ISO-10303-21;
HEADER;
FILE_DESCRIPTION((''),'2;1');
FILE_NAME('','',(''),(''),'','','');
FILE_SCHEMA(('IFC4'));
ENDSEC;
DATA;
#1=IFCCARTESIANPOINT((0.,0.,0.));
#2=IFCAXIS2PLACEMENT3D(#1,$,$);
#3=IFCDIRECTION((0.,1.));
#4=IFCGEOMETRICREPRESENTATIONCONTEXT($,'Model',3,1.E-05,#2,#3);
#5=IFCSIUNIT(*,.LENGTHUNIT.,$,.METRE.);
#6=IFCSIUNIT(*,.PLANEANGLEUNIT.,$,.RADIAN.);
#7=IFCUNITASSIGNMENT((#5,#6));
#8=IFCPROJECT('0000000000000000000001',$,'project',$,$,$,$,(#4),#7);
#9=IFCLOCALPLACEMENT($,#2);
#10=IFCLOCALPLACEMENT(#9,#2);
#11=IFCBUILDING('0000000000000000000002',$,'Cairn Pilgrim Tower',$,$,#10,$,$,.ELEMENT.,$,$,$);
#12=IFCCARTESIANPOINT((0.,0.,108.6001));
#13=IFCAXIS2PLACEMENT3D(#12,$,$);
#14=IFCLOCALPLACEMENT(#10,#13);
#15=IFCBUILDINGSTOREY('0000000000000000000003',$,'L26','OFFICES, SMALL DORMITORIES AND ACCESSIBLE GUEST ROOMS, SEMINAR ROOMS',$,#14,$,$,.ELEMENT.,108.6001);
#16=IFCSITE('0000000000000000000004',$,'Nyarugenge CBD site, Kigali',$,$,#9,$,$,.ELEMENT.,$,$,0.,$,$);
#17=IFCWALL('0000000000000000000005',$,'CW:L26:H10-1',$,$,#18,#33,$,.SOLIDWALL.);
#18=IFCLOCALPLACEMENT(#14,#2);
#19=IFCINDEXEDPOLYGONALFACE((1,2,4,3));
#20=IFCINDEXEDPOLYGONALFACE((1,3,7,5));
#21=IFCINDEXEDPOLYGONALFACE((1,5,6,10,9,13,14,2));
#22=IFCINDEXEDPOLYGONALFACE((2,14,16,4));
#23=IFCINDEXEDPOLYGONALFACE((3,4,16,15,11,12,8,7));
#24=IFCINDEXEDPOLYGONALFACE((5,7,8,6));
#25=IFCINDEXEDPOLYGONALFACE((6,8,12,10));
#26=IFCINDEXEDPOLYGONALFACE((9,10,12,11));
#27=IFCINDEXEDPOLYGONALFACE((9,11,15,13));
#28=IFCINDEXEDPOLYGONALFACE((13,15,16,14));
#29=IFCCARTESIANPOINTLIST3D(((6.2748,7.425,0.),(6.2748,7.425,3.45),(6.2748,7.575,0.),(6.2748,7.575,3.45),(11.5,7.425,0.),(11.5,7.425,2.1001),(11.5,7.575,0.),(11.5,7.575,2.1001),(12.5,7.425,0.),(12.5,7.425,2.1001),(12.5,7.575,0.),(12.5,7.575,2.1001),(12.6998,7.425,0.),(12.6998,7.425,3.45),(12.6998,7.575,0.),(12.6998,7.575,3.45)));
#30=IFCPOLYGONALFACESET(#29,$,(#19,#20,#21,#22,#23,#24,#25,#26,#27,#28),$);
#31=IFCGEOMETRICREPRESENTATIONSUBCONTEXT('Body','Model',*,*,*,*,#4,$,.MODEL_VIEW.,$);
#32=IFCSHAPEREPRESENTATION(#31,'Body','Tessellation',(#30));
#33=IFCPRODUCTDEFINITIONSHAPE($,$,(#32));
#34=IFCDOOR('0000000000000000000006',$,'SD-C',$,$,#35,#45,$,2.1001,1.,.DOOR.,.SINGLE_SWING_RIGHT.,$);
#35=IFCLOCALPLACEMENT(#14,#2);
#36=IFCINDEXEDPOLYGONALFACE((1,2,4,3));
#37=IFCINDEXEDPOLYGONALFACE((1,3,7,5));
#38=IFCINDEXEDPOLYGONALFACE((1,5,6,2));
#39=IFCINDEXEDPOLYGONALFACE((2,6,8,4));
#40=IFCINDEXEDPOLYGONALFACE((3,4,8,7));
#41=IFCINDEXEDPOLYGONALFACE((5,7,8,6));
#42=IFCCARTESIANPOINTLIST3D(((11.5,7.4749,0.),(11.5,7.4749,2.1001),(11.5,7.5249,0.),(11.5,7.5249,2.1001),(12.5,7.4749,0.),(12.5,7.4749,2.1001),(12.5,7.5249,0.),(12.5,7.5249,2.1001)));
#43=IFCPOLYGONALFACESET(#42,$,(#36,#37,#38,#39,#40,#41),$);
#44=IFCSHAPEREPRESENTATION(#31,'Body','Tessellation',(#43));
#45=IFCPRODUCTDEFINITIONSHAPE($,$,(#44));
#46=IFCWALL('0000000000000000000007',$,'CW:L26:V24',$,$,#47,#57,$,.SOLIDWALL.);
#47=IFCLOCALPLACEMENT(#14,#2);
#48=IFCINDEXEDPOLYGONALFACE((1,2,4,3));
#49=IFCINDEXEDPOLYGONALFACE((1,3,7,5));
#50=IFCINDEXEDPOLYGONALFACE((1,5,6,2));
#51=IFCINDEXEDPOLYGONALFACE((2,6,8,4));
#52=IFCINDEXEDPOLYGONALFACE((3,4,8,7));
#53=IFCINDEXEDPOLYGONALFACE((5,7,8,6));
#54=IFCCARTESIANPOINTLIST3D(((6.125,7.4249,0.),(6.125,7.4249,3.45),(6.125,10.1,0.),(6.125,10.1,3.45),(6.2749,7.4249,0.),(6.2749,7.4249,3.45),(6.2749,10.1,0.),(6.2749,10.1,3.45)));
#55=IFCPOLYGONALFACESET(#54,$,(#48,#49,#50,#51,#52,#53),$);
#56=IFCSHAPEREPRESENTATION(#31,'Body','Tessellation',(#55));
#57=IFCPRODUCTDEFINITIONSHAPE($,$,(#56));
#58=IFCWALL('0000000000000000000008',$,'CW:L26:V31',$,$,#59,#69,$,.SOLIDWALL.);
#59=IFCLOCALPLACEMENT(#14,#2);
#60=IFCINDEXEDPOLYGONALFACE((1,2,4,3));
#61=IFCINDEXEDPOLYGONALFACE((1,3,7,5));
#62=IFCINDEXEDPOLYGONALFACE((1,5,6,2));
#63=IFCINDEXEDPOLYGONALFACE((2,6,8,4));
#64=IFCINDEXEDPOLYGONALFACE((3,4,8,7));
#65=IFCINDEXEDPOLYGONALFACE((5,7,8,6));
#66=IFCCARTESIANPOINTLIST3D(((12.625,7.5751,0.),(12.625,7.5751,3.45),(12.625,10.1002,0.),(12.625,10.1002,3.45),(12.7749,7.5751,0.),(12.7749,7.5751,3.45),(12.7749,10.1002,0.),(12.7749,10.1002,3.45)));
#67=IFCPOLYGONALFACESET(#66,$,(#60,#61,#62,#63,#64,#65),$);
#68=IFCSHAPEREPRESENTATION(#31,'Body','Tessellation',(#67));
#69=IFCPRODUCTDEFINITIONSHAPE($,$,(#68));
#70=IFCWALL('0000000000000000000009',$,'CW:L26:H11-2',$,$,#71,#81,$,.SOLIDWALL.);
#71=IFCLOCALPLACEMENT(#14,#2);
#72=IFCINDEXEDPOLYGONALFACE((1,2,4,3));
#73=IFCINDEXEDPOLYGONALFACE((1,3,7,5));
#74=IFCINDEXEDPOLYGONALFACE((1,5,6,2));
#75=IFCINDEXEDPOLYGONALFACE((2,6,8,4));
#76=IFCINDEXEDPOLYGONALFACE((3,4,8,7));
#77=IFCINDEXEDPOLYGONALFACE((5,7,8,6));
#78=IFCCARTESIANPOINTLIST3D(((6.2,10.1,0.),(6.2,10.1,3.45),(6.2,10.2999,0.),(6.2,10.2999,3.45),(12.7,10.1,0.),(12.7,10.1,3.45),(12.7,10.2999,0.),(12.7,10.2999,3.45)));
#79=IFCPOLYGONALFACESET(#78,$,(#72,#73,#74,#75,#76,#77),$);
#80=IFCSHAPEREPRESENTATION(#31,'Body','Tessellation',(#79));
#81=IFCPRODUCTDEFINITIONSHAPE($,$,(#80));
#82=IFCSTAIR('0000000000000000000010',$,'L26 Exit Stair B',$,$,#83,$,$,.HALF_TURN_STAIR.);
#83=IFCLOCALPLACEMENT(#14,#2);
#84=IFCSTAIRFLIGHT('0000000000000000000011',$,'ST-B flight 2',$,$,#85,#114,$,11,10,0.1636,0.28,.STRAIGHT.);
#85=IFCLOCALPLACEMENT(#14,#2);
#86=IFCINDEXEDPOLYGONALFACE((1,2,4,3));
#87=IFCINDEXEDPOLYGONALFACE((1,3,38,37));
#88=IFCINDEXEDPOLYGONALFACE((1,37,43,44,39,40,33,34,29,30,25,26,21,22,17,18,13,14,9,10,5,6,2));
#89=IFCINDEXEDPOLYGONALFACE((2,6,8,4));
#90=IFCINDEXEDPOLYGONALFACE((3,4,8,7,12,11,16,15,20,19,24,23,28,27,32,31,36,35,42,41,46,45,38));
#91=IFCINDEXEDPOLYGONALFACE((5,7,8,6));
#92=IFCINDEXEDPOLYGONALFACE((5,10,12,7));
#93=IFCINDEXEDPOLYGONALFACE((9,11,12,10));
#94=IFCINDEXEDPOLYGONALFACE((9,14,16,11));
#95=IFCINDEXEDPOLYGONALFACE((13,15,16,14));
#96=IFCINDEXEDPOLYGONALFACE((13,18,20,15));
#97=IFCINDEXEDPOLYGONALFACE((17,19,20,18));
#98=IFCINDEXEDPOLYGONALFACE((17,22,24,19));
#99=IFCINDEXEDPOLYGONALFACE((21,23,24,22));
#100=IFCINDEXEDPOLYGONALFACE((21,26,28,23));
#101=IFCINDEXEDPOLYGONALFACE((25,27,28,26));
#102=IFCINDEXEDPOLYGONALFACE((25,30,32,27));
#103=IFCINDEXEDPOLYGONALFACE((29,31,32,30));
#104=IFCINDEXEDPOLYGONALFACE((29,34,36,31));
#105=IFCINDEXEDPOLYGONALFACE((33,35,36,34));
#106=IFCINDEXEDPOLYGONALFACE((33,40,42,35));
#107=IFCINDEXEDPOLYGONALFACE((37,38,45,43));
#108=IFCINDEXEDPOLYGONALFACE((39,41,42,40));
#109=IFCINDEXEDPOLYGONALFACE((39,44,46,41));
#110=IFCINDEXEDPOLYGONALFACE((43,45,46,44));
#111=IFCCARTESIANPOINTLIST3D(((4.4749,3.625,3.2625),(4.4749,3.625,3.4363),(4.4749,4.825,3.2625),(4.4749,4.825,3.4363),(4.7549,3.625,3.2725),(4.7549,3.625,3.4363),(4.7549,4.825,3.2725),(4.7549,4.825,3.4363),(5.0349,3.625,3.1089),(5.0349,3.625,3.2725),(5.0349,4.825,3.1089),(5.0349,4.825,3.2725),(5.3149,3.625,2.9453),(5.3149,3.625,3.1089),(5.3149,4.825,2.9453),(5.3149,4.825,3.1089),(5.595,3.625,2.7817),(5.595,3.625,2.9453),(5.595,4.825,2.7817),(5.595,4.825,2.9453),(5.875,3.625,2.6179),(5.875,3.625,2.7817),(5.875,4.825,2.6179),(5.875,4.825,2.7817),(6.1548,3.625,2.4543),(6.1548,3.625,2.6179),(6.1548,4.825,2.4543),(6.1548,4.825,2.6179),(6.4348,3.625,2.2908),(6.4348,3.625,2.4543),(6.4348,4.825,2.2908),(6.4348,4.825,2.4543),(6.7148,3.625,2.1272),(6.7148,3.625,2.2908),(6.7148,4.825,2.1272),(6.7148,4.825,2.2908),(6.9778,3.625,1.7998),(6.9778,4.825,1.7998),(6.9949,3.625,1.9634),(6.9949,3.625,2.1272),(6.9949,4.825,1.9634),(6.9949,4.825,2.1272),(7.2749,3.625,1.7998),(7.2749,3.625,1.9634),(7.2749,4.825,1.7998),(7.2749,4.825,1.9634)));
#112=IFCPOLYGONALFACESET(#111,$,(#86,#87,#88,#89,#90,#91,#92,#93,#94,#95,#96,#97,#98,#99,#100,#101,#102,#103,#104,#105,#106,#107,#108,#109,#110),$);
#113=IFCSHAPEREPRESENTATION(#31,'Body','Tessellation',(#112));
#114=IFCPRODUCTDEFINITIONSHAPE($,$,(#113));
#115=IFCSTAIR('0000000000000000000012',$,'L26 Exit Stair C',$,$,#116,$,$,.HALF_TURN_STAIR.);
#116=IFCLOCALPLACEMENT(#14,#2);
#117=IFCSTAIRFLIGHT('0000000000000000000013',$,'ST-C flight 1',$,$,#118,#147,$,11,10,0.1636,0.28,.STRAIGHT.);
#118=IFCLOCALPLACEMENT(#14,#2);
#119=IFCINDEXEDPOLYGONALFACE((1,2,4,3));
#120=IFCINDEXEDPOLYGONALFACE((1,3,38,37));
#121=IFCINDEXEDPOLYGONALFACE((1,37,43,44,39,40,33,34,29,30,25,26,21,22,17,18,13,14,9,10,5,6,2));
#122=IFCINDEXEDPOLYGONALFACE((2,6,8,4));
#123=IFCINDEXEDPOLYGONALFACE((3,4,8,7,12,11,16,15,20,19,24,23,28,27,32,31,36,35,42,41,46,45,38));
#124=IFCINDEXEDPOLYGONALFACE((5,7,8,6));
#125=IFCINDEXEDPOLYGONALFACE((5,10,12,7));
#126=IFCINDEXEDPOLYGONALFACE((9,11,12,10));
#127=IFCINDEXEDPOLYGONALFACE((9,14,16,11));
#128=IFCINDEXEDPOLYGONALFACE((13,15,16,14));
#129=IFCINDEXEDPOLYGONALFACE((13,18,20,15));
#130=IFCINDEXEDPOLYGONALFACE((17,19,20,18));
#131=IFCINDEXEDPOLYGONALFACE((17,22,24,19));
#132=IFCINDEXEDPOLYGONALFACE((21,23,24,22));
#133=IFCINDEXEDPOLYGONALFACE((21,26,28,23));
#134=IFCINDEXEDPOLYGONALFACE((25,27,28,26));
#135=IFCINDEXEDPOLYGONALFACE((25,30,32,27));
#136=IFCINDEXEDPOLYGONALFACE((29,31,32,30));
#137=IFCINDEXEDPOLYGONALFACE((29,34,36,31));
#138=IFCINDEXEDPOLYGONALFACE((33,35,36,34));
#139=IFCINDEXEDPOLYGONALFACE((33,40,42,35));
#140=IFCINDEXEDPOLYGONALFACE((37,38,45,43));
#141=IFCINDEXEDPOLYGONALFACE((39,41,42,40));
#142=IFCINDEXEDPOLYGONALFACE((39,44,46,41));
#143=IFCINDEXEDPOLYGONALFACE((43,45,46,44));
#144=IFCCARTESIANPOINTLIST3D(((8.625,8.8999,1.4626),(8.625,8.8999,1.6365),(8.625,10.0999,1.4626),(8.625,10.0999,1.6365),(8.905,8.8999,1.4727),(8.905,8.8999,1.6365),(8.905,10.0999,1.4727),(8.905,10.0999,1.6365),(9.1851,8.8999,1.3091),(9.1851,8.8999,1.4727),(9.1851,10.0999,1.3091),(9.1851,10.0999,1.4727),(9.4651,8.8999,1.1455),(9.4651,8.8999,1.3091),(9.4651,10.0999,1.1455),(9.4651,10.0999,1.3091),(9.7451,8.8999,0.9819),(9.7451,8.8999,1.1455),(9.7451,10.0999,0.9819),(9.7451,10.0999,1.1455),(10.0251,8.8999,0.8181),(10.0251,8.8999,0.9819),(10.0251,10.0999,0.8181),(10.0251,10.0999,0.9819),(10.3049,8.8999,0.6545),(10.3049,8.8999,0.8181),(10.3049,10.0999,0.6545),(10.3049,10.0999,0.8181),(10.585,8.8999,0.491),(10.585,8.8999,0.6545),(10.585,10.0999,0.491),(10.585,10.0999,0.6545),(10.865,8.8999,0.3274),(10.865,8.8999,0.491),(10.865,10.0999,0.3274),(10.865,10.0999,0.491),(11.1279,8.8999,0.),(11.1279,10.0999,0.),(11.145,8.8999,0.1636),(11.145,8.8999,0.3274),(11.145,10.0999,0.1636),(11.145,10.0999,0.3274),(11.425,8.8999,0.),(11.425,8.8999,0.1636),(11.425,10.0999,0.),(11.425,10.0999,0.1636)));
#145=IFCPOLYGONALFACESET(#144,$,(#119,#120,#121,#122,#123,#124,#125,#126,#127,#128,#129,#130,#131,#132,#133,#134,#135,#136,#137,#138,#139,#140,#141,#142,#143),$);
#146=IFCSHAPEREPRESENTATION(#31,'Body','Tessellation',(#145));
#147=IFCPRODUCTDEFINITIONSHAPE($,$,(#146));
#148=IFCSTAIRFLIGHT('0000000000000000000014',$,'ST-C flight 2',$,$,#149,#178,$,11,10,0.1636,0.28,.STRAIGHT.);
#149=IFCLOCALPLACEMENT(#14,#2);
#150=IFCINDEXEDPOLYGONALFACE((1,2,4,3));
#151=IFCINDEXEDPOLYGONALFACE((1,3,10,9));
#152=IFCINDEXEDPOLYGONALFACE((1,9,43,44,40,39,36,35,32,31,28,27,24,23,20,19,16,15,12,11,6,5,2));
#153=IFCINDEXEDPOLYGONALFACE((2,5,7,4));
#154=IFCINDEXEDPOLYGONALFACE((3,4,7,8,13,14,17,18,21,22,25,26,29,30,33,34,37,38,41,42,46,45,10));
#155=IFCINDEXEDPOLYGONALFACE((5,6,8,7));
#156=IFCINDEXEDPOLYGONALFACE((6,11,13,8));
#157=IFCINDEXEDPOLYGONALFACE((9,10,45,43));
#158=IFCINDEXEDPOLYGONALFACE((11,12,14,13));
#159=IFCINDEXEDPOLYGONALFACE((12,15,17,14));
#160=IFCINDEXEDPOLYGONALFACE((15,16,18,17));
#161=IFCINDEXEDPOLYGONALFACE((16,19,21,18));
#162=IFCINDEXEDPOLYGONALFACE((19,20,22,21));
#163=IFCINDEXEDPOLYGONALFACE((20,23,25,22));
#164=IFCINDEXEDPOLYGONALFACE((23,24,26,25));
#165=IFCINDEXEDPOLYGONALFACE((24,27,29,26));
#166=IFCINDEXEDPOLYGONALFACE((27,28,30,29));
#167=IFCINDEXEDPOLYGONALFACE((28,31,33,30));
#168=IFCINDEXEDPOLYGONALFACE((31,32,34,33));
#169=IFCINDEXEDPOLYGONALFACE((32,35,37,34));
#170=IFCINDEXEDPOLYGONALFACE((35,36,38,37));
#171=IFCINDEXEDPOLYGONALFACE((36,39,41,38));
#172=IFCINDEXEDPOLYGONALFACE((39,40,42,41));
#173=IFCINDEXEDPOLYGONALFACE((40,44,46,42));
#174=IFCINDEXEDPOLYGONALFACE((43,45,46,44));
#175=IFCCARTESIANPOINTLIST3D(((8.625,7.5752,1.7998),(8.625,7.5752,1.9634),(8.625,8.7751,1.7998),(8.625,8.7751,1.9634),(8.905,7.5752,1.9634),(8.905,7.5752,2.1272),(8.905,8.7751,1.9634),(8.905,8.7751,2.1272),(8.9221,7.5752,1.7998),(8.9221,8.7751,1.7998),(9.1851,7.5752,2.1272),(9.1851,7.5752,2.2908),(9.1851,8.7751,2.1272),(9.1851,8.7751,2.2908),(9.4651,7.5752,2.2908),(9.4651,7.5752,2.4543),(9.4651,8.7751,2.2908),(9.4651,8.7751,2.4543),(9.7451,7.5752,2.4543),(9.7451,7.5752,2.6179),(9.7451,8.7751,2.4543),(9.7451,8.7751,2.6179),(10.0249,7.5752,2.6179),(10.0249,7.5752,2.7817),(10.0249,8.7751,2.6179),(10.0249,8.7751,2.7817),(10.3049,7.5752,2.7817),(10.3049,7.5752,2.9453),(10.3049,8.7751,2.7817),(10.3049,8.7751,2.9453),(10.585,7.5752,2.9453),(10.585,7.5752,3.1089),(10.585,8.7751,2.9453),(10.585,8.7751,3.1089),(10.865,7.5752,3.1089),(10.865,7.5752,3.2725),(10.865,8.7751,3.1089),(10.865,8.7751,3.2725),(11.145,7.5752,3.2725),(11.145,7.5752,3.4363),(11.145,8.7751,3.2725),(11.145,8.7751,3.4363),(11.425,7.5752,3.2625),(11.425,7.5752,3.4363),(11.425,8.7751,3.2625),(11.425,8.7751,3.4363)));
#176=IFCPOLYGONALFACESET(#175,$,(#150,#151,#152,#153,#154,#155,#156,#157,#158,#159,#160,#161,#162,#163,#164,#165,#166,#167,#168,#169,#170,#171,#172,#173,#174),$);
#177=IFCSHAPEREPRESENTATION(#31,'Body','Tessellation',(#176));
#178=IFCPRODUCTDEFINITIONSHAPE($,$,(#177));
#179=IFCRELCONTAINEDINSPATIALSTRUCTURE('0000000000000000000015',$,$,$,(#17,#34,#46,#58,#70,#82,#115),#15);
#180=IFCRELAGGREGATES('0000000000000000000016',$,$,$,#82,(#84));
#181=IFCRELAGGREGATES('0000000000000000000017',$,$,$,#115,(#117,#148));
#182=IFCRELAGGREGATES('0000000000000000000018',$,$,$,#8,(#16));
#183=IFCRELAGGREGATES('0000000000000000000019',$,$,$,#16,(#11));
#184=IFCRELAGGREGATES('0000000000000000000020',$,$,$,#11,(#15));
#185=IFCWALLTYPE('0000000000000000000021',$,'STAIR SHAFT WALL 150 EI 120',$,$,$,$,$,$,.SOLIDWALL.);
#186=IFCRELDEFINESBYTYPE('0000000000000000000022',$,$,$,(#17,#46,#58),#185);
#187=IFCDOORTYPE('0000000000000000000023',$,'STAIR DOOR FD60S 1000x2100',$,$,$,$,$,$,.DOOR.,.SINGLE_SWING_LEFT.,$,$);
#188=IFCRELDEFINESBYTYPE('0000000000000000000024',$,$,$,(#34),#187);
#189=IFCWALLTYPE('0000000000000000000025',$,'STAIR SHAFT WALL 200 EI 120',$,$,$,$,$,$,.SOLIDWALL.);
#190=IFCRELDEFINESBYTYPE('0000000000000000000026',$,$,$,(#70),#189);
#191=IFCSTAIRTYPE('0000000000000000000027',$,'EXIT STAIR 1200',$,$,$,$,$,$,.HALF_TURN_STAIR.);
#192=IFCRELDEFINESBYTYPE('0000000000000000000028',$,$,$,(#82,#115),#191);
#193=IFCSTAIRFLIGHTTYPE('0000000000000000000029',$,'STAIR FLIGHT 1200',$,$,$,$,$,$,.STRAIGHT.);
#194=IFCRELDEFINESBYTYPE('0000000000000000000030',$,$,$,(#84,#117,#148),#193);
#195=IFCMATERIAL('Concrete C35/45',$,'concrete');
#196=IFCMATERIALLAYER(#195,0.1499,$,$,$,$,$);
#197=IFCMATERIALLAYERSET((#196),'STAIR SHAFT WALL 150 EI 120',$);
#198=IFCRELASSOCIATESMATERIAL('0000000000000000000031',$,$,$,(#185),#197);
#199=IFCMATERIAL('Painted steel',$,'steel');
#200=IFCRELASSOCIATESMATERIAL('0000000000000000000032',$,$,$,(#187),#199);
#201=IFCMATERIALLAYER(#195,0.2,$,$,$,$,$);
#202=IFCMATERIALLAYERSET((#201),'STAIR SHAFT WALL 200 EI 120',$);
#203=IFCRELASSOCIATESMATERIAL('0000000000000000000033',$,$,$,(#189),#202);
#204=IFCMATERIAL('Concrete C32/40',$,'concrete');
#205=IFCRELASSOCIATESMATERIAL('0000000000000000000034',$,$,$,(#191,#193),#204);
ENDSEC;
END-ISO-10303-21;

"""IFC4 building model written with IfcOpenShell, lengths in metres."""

from ifc_helpers import new_model, si_unit, direction, frame, frame_2d, origin, place, context, subcontext, project, spatial, polyline, rectangle, outline, extrude, material, layer, layer_set, type_object, element, fill, aggregate, save


model = new_model("IFC4")

# Units and contexts
model_context = context("Model", 3, precision=1e-05, world=origin(), true_north=direction((0.0, 1.0)))
body_context = subcontext(model_context, "Body", "Model", "MODEL_VIEW")
ifc_project = project(units=[si_unit("LENGTHUNIT", "METRE"), si_unit("PLANEANGLEUNIT", "RADIAN")], contexts=[model_context])

# Site, building, storey
site_placement = place(None, origin())
site = spatial("IfcSite", under=ifc_project, at=site_placement, Name="Nyarugenge CBD site, Kigali", CompositionType="ELEMENT", RefElevation=0.0)
building_placement = place(site_placement, origin())
building = spatial("IfcBuilding", under=site, at=building_placement, Name="Cairn Pilgrim Tower", CompositionType="ELEMENT")
storey_placement = place(building_placement, frame((0.0, 0.0, 108.6001)))
storey = spatial("IfcBuildingStorey", under=building, at=storey_placement, Name="L26", Description="OFFICES, SMALL DORMITORIES AND ACCESSIBLE GUEST ROOMS, SEMINAR ROOMS", CompositionType="ELEMENT", Elevation=108.6001)

# Shared definitions
ifc_material_1 = material(Name="Concrete C32/40", Category="concrete")

# Shared definitions
ifc_material_2 = material(Name="Painted steel", Category="steel")

# Wall, opening, door
ifc_material_3 = material(Name="Concrete C35/45", Category="concrete")
ifc_layer_1 = layer(ifc_material_3, 0.1499)
ifc_layer_set_1 = layer_set([ifc_layer_1], Name="STAIR SHAFT WALL 150 EI 120")
wall_type_1 = type_object("IfcWallType", Name="STAIR SHAFT WALL 150 EI 120", PredefinedType="SOLIDWALL", material=ifc_layer_set_1)
wall_1_placement = place(storey_placement, frame((6.2749, 7.5, 0.0), z_axis=(0.0, 0.0, 1.0), x_axis=(1.0, 0.0, 0.0)))
wall_1 = element("IfcWall", 1, at=wall_1_placement, inside=storey, type_object=wall_type_1, Name="CW:L26:H10-1", PredefinedType="SOLIDWALL", context=body_context, shape_type="SweptSolid", body=[
    extrude(rectangle(XDim=6.425, YDim=0.1499, at=frame_2d((3.2124, 0.0))), origin(), (0.0, 0.0, 1.0), 3.45),
])
opening_1_placement = place(wall_1_placement, frame((5.2251, 0.0, 0.0)))
opening_1 = element("IfcOpeningElement", 2, at=opening_1_placement, cuts=wall_1, PredefinedType="OPENING", context=body_context, shape_type="SweptSolid", body=[
    extrude(rectangle(XDim=1.0, YDim=2.1001, at=frame_2d((0.5, 1.05))), frame((0.0, 0.085, 0.0), z_axis=(0.0, -1.0, 0.0), x_axis=(1.0, 0.0, 0.0)), (0.0, 0.0, 1.0), 0.1699),
])
door_type_1 = type_object("IfcDoorType", Name="STAIR DOOR FD60S 1000x2100", OperationType="SINGLE_SWING_LEFT", PredefinedType="DOOR", material=ifc_material_2)
door_1_placement = place(opening_1_placement, origin())
door_1 = element("IfcDoor", 3, at=door_1_placement, inside=storey, type_object=door_type_1, Name="SD-C", OperationType="SINGLE_SWING_RIGHT", OverallHeight=2.1001, OverallWidth=1.0, PredefinedType="DOOR", context=body_context, shape_type="SweptSolid", body=[
    extrude(rectangle(XDim=1.0, YDim=2.1001, at=frame_2d((0.5, 1.05))), frame((0.0, 0.0249, 0.0), z_axis=(0.0, -1.0, 0.0), x_axis=(1.0, 0.0, 0.0)), (0.0, 0.0, 1.0), 0.05),
])
fill(opening_1, door_1)

# Walls
wall_2_placement = place(storey_placement, frame((6.2, 7.425, 0.0), z_axis=(0.0, 0.0, 1.0), x_axis=(0.0, 1.0, 0.0)))
element("IfcWall", 4, at=wall_2_placement, inside=storey, type_object=wall_type_1, Name="CW:L26:V24", PredefinedType="SOLIDWALL", context=body_context, shape_type="SweptSolid", body=[
    extrude(rectangle(XDim=2.675, YDim=0.1499, at=frame_2d((1.3374, 0.0))), origin(), (0.0, 0.0, 1.0), 3.45),
])
wall_3_placement = place(storey_placement, frame((12.7, 7.575, 0.0), z_axis=(0.0, 0.0, 1.0), x_axis=(0.0, 1.0, 0.0)))
element("IfcWall", 5, at=wall_3_placement, inside=storey, type_object=wall_type_1, Name="CW:L26:V31", PredefinedType="SOLIDWALL", context=body_context, shape_type="SweptSolid", body=[
    extrude(rectangle(XDim=2.5251, YDim=0.1499, at=frame_2d((1.2627, 0.0))), origin(), (0.0, 0.0, 1.0), 3.45),
])
ifc_layer_2 = layer(ifc_material_3, 0.2)
ifc_layer_set_2 = layer_set([ifc_layer_2], Name="STAIR SHAFT WALL 200 EI 120")
wall_type_2 = type_object("IfcWallType", Name="STAIR SHAFT WALL 200 EI 120", PredefinedType="SOLIDWALL", material=ifc_layer_set_2)
wall_4_placement = place(storey_placement, frame((6.2, 10.2, 0.0), z_axis=(0.0, 0.0, 1.0), x_axis=(1.0, 0.0, 0.0)))
element("IfcWall", 6, at=wall_4_placement, inside=storey, type_object=wall_type_2, Name="CW:L26:H11-2", PredefinedType="SOLIDWALL", context=body_context, shape_type="SweptSolid", body=[
    extrude(rectangle(XDim=6.5, YDim=0.2, at=frame_2d((3.25, 0.0))), origin(), (0.0, 0.0, 1.0), 3.45),
])

# Stair, stair flight
stair_type = type_object("IfcStairType", Name="EXIT STAIR 1200", PredefinedType="HALF_TURN_STAIR", material=ifc_material_1)
stair_1_placement = place(storey_placement, origin())
stair_1 = element("IfcStair", 7, at=stair_1_placement, inside=storey, type_object=stair_type, Name="L26 Exit Stair B", PredefinedType="HALF_TURN_STAIR")
stair_flight_type = type_object("IfcStairFlightType", Name="STAIR FLIGHT 1200", PredefinedType="STRAIGHT", material=ifc_material_1)
stair_flight_1_placement = place(storey_placement, frame((7.2749, 4.2251, 1.7998), z_axis=(0.0, 0.0, 1.0), x_axis=(-1.0, 0.0, 0.0)))
stair_flight_1 = element("IfcStairFlight", 8, at=stair_flight_1_placement, type_object=stair_flight_type, Name="ST-B flight 2", NumberOfRisers=11, NumberOfTreads=10, PredefinedType="STRAIGHT", RiserHeight=0.1636, TreadLength=0.28, context=body_context, shape_type="SweptSolid", body=[
    extrude(outline(polyline([(0.0, 0.0), (0.0, 0.1636), (0.28, 0.1636), (0.28, 0.3274), (0.5601, 0.3274), (0.5601, 0.491), (0.8401, 0.491), (0.8401, 0.6545), (1.1201, 0.6545), (1.1201, 0.8181), (1.3999, 0.8181), (1.3999, 0.9819), (1.6799, 0.9819), (1.6799, 1.1455), (1.96, 1.1455), (1.96, 1.3091), (2.24, 1.3091), (2.24, 1.4727), (2.52, 1.4727), (2.52, 1.6365), (2.8, 1.6365), (2.8, 1.8), (2.8, 1.4626), (0.2971, 0.0), (0.0, 0.0)])), frame((0.0, 0.6001, 0.0), z_axis=(0.0, -1.0, 0.0), x_axis=(1.0, 0.0, 0.0)), (0.0, 0.0, 1.0), 1.2),
])
aggregate(stair_1, [stair_flight_1])

# Stair, stair flights
stair_2_placement = place(storey_placement, origin())
stair_2 = element("IfcStair", 9, at=stair_2_placement, inside=storey, type_object=stair_type, Name="L26 Exit Stair C", PredefinedType="HALF_TURN_STAIR")
stair_flight_2_placement = place(storey_placement, frame((11.425, 9.5, 0.0), z_axis=(0.0, 0.0, 1.0), x_axis=(-1.0, 0.0, 0.0)))
stair_flight_2 = element("IfcStairFlight", 10, at=stair_flight_2_placement, type_object=stair_flight_type, Name="ST-C flight 1", NumberOfRisers=11, NumberOfTreads=10, PredefinedType="STRAIGHT", RiserHeight=0.1636, TreadLength=0.28, context=body_context, shape_type="SweptSolid", body=[
    extrude(outline(polyline([(0.0, 0.0), (0.0, 0.1636), (0.28, 0.1636), (0.28, 0.3274), (0.5601, 0.3274), (0.5601, 0.491), (0.8401, 0.491), (0.8401, 0.6545), (1.1201, 0.6545), (1.1201, 0.8181), (1.3999, 0.8181), (1.3999, 0.9819), (1.6799, 0.9819), (1.6799, 1.1455), (1.96, 1.1455), (1.96, 1.3091), (2.24, 1.3091), (2.24, 1.4727), (2.52, 1.4727), (2.52, 1.6365), (2.8, 1.6365), (2.8, 1.8), (2.8, 1.4626), (0.2971, 0.0), (0.0, 0.0)])), frame((0.0, 0.6001, 0.0), z_axis=(0.0, -1.0, 0.0), x_axis=(1.0, 0.0, 0.0)), (0.0, 0.0, 1.0), 1.2),
])
stair_flight_3_placement = place(storey_placement, frame((8.625, 8.175, 1.7998), z_axis=(0.0, 0.0, 1.0), x_axis=(1.0, 0.0, 0.0)))
stair_flight_3 = element("IfcStairFlight", 11, at=stair_flight_3_placement, type_object=stair_flight_type, Name="ST-C flight 2", NumberOfRisers=11, NumberOfTreads=10, PredefinedType="STRAIGHT", RiserHeight=0.1636, TreadLength=0.28, context=body_context, shape_type="SweptSolid", body=[
    extrude(outline(polyline([(0.0, 0.0), (0.0, 0.1636), (0.28, 0.1636), (0.28, 0.3274), (0.5601, 0.3274), (0.5601, 0.491), (0.8401, 0.491), (0.8401, 0.6545), (1.1201, 0.6545), (1.1201, 0.8181), (1.3999, 0.8181), (1.3999, 0.9819), (1.6799, 0.9819), (1.6799, 1.1455), (1.96, 1.1455), (1.96, 1.3091), (2.24, 1.3091), (2.24, 1.4727), (2.52, 1.4727), (2.52, 1.6365), (2.8, 1.6365), (2.8, 1.8), (2.8, 1.4626), (0.2971, 0.0), (0.0, 0.0)])), frame((0.0, 0.6001, 0.0), z_axis=(0.0, -1.0, 0.0), x_axis=(1.0, 0.0, 0.0)), (0.0, 0.0, 1.0), 1.2),
])
aggregate(stair_2, [stair_flight_2, stair_flight_3])

save(model, "model.ifc")
